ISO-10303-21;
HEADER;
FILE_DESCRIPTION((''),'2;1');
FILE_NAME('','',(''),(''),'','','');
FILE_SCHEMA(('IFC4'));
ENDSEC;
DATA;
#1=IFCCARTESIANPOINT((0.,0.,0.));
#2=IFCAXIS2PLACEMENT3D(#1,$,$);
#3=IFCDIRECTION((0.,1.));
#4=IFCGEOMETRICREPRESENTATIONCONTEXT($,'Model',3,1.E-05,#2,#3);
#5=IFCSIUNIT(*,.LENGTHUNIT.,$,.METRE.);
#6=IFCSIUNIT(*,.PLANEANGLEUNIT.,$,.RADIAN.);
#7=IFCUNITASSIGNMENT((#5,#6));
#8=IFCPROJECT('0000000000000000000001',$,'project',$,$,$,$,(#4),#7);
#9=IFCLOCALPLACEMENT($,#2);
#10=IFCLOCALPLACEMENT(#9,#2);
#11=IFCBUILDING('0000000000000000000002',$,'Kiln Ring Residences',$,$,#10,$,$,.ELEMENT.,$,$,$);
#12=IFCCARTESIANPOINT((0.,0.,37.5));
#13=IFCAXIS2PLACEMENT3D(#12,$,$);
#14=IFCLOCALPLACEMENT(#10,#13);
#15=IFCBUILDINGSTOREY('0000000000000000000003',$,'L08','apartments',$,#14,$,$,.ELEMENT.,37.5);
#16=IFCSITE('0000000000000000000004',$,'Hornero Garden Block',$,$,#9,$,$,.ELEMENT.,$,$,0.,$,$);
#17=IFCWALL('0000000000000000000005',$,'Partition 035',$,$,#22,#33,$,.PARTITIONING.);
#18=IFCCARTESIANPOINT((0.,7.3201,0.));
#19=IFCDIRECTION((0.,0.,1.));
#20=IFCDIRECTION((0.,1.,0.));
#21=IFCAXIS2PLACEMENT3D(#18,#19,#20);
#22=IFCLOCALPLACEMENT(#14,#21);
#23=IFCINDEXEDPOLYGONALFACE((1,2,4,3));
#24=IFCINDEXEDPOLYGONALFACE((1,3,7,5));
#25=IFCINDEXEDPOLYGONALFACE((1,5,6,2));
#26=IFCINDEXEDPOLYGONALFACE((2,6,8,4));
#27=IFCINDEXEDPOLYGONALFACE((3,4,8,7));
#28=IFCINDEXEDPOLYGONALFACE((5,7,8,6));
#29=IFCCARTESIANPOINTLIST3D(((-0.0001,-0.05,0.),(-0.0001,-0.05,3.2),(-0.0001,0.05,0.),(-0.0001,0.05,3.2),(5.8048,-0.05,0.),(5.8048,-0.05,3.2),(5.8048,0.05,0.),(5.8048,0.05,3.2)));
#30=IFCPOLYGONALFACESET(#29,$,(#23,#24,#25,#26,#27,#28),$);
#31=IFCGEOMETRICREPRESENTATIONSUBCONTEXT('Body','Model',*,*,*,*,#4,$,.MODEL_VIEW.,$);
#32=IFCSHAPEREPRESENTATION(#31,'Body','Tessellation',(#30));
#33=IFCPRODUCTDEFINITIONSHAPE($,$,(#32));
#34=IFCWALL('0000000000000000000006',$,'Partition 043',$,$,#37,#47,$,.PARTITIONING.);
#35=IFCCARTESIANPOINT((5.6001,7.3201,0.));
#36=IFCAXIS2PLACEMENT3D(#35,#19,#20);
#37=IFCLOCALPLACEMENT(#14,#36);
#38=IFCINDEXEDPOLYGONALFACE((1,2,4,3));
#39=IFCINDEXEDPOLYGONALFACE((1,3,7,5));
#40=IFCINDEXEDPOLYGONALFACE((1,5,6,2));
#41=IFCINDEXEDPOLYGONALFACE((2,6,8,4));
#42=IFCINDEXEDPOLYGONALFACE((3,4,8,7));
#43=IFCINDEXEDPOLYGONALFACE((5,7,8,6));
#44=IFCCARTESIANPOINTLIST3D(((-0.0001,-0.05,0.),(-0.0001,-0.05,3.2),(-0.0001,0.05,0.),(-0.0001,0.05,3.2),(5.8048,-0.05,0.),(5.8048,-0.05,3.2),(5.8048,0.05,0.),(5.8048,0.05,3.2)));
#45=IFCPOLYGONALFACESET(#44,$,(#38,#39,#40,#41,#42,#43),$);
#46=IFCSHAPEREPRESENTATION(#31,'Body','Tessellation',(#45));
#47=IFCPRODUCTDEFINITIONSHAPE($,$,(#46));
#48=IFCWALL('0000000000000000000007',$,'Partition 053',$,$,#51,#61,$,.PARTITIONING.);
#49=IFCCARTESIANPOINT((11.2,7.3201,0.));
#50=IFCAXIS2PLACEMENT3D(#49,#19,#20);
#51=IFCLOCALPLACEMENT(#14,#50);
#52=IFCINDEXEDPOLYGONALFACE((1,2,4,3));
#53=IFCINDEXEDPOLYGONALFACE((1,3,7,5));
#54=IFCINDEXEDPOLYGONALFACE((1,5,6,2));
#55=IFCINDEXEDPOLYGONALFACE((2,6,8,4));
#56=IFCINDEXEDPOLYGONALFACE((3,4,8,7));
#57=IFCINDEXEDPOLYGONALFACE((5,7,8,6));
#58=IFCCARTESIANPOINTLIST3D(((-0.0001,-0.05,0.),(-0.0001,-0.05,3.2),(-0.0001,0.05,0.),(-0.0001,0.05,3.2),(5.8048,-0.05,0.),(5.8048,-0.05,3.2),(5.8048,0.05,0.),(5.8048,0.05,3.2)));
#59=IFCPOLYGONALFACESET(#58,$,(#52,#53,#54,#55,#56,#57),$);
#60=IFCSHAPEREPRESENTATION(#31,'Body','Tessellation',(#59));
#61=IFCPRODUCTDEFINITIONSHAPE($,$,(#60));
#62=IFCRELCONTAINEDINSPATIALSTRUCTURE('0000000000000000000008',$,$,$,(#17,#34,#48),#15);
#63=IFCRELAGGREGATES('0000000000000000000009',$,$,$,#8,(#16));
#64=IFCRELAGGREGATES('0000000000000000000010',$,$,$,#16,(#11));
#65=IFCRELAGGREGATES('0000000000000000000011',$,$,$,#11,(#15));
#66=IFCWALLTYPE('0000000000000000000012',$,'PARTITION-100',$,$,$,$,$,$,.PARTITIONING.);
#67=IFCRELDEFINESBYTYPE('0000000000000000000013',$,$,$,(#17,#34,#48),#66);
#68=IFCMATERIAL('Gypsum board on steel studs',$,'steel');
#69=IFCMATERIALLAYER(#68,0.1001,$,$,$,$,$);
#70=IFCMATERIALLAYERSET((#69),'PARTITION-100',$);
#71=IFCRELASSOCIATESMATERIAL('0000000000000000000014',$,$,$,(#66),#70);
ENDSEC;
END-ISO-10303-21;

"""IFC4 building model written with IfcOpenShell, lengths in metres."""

from ifc_helpers import new_model, si_unit, direction, frame, frame_2d, origin, place, context, subcontext, project, spatial, rectangle, extrude, material, layer, layer_set, type_object, element, save


model = new_model("IFC4")

# Units and contexts
model_context = context("Model", 3, precision=1e-05, world=origin(), true_north=direction((0.0, 1.0)))
body_context = subcontext(model_context, "Body", "Model", "MODEL_VIEW")
ifc_project = project(units=[si_unit("LENGTHUNIT", "METRE"), si_unit("PLANEANGLEUNIT", "RADIAN")], contexts=[model_context])

# Site, building, storey
site_placement = place(None, origin())
site = spatial("IfcSite", under=ifc_project, at=site_placement, Name="Hornero Garden Block", CompositionType="ELEMENT", RefElevation=0.0)
building_placement = place(site_placement, origin())
building = spatial("IfcBuilding", under=site, at=building_placement, Name="Kiln Ring Residences", CompositionType="ELEMENT")
storey_placement = place(building_placement, frame((0.0, 0.0, 37.5)))
storey = spatial("IfcBuildingStorey", under=building, at=storey_placement, Name="L08", Description="apartments", CompositionType="ELEMENT", Elevation=37.5)

# Walls
ifc_material_1 = material(Name="Gypsum board on steel studs", Category="steel")
ifc_layer_1 = layer(ifc_material_1, 0.1001)
ifc_layer_set_1 = layer_set([ifc_layer_1], Name="PARTITION-100")
wall_type_1 = type_object("IfcWallType", Name="PARTITION-100", PredefinedType="PARTITIONING", material=ifc_layer_set_1)
for number, where, z_axis, x_axis, name in (
    (1, (0.0, 7.3201, 0.0), (0.0, 0.0, 1.0), (0.0, 1.0, 0.0), "Partition 035"),
    (2, (5.6001, 7.3201, 0.0), (0.0, 0.0, 1.0), (0.0, 1.0, 0.0), "Partition 043"),
):
    element("IfcWall", number, at=place(storey_placement, frame(where, z_axis=z_axis, x_axis=x_axis)), inside=storey, type_object=wall_type_1, Name=name, PredefinedType="PARTITIONING", context=body_context, shape_type="SweptSolid", body=[
        extrude(rectangle(XDim=5.8049, YDim=0.1001, at=frame_2d((2.9023, 0.0))), origin(), (0.0, 0.0, 1.0), 3.2),
    ])

# Wall
wall_1_placement = place(storey_placement, frame((11.2, 7.3201, 0.0), z_axis=(0.0, 0.0, 1.0), x_axis=(0.0, 1.0, 0.0)))
element("IfcWall", 3, at=wall_1_placement, inside=storey, type_object=wall_type_1, Name="Partition 053", PredefinedType="PARTITIONING", context=body_context, shape_type="SweptSolid", body=[
    extrude(rectangle(XDim=5.8049, YDim=0.1001, at=frame_2d((2.9023, 0.0))), origin(), (0.0, 0.0, 1.0), 3.2),
])

save(model, "model.ifc")
